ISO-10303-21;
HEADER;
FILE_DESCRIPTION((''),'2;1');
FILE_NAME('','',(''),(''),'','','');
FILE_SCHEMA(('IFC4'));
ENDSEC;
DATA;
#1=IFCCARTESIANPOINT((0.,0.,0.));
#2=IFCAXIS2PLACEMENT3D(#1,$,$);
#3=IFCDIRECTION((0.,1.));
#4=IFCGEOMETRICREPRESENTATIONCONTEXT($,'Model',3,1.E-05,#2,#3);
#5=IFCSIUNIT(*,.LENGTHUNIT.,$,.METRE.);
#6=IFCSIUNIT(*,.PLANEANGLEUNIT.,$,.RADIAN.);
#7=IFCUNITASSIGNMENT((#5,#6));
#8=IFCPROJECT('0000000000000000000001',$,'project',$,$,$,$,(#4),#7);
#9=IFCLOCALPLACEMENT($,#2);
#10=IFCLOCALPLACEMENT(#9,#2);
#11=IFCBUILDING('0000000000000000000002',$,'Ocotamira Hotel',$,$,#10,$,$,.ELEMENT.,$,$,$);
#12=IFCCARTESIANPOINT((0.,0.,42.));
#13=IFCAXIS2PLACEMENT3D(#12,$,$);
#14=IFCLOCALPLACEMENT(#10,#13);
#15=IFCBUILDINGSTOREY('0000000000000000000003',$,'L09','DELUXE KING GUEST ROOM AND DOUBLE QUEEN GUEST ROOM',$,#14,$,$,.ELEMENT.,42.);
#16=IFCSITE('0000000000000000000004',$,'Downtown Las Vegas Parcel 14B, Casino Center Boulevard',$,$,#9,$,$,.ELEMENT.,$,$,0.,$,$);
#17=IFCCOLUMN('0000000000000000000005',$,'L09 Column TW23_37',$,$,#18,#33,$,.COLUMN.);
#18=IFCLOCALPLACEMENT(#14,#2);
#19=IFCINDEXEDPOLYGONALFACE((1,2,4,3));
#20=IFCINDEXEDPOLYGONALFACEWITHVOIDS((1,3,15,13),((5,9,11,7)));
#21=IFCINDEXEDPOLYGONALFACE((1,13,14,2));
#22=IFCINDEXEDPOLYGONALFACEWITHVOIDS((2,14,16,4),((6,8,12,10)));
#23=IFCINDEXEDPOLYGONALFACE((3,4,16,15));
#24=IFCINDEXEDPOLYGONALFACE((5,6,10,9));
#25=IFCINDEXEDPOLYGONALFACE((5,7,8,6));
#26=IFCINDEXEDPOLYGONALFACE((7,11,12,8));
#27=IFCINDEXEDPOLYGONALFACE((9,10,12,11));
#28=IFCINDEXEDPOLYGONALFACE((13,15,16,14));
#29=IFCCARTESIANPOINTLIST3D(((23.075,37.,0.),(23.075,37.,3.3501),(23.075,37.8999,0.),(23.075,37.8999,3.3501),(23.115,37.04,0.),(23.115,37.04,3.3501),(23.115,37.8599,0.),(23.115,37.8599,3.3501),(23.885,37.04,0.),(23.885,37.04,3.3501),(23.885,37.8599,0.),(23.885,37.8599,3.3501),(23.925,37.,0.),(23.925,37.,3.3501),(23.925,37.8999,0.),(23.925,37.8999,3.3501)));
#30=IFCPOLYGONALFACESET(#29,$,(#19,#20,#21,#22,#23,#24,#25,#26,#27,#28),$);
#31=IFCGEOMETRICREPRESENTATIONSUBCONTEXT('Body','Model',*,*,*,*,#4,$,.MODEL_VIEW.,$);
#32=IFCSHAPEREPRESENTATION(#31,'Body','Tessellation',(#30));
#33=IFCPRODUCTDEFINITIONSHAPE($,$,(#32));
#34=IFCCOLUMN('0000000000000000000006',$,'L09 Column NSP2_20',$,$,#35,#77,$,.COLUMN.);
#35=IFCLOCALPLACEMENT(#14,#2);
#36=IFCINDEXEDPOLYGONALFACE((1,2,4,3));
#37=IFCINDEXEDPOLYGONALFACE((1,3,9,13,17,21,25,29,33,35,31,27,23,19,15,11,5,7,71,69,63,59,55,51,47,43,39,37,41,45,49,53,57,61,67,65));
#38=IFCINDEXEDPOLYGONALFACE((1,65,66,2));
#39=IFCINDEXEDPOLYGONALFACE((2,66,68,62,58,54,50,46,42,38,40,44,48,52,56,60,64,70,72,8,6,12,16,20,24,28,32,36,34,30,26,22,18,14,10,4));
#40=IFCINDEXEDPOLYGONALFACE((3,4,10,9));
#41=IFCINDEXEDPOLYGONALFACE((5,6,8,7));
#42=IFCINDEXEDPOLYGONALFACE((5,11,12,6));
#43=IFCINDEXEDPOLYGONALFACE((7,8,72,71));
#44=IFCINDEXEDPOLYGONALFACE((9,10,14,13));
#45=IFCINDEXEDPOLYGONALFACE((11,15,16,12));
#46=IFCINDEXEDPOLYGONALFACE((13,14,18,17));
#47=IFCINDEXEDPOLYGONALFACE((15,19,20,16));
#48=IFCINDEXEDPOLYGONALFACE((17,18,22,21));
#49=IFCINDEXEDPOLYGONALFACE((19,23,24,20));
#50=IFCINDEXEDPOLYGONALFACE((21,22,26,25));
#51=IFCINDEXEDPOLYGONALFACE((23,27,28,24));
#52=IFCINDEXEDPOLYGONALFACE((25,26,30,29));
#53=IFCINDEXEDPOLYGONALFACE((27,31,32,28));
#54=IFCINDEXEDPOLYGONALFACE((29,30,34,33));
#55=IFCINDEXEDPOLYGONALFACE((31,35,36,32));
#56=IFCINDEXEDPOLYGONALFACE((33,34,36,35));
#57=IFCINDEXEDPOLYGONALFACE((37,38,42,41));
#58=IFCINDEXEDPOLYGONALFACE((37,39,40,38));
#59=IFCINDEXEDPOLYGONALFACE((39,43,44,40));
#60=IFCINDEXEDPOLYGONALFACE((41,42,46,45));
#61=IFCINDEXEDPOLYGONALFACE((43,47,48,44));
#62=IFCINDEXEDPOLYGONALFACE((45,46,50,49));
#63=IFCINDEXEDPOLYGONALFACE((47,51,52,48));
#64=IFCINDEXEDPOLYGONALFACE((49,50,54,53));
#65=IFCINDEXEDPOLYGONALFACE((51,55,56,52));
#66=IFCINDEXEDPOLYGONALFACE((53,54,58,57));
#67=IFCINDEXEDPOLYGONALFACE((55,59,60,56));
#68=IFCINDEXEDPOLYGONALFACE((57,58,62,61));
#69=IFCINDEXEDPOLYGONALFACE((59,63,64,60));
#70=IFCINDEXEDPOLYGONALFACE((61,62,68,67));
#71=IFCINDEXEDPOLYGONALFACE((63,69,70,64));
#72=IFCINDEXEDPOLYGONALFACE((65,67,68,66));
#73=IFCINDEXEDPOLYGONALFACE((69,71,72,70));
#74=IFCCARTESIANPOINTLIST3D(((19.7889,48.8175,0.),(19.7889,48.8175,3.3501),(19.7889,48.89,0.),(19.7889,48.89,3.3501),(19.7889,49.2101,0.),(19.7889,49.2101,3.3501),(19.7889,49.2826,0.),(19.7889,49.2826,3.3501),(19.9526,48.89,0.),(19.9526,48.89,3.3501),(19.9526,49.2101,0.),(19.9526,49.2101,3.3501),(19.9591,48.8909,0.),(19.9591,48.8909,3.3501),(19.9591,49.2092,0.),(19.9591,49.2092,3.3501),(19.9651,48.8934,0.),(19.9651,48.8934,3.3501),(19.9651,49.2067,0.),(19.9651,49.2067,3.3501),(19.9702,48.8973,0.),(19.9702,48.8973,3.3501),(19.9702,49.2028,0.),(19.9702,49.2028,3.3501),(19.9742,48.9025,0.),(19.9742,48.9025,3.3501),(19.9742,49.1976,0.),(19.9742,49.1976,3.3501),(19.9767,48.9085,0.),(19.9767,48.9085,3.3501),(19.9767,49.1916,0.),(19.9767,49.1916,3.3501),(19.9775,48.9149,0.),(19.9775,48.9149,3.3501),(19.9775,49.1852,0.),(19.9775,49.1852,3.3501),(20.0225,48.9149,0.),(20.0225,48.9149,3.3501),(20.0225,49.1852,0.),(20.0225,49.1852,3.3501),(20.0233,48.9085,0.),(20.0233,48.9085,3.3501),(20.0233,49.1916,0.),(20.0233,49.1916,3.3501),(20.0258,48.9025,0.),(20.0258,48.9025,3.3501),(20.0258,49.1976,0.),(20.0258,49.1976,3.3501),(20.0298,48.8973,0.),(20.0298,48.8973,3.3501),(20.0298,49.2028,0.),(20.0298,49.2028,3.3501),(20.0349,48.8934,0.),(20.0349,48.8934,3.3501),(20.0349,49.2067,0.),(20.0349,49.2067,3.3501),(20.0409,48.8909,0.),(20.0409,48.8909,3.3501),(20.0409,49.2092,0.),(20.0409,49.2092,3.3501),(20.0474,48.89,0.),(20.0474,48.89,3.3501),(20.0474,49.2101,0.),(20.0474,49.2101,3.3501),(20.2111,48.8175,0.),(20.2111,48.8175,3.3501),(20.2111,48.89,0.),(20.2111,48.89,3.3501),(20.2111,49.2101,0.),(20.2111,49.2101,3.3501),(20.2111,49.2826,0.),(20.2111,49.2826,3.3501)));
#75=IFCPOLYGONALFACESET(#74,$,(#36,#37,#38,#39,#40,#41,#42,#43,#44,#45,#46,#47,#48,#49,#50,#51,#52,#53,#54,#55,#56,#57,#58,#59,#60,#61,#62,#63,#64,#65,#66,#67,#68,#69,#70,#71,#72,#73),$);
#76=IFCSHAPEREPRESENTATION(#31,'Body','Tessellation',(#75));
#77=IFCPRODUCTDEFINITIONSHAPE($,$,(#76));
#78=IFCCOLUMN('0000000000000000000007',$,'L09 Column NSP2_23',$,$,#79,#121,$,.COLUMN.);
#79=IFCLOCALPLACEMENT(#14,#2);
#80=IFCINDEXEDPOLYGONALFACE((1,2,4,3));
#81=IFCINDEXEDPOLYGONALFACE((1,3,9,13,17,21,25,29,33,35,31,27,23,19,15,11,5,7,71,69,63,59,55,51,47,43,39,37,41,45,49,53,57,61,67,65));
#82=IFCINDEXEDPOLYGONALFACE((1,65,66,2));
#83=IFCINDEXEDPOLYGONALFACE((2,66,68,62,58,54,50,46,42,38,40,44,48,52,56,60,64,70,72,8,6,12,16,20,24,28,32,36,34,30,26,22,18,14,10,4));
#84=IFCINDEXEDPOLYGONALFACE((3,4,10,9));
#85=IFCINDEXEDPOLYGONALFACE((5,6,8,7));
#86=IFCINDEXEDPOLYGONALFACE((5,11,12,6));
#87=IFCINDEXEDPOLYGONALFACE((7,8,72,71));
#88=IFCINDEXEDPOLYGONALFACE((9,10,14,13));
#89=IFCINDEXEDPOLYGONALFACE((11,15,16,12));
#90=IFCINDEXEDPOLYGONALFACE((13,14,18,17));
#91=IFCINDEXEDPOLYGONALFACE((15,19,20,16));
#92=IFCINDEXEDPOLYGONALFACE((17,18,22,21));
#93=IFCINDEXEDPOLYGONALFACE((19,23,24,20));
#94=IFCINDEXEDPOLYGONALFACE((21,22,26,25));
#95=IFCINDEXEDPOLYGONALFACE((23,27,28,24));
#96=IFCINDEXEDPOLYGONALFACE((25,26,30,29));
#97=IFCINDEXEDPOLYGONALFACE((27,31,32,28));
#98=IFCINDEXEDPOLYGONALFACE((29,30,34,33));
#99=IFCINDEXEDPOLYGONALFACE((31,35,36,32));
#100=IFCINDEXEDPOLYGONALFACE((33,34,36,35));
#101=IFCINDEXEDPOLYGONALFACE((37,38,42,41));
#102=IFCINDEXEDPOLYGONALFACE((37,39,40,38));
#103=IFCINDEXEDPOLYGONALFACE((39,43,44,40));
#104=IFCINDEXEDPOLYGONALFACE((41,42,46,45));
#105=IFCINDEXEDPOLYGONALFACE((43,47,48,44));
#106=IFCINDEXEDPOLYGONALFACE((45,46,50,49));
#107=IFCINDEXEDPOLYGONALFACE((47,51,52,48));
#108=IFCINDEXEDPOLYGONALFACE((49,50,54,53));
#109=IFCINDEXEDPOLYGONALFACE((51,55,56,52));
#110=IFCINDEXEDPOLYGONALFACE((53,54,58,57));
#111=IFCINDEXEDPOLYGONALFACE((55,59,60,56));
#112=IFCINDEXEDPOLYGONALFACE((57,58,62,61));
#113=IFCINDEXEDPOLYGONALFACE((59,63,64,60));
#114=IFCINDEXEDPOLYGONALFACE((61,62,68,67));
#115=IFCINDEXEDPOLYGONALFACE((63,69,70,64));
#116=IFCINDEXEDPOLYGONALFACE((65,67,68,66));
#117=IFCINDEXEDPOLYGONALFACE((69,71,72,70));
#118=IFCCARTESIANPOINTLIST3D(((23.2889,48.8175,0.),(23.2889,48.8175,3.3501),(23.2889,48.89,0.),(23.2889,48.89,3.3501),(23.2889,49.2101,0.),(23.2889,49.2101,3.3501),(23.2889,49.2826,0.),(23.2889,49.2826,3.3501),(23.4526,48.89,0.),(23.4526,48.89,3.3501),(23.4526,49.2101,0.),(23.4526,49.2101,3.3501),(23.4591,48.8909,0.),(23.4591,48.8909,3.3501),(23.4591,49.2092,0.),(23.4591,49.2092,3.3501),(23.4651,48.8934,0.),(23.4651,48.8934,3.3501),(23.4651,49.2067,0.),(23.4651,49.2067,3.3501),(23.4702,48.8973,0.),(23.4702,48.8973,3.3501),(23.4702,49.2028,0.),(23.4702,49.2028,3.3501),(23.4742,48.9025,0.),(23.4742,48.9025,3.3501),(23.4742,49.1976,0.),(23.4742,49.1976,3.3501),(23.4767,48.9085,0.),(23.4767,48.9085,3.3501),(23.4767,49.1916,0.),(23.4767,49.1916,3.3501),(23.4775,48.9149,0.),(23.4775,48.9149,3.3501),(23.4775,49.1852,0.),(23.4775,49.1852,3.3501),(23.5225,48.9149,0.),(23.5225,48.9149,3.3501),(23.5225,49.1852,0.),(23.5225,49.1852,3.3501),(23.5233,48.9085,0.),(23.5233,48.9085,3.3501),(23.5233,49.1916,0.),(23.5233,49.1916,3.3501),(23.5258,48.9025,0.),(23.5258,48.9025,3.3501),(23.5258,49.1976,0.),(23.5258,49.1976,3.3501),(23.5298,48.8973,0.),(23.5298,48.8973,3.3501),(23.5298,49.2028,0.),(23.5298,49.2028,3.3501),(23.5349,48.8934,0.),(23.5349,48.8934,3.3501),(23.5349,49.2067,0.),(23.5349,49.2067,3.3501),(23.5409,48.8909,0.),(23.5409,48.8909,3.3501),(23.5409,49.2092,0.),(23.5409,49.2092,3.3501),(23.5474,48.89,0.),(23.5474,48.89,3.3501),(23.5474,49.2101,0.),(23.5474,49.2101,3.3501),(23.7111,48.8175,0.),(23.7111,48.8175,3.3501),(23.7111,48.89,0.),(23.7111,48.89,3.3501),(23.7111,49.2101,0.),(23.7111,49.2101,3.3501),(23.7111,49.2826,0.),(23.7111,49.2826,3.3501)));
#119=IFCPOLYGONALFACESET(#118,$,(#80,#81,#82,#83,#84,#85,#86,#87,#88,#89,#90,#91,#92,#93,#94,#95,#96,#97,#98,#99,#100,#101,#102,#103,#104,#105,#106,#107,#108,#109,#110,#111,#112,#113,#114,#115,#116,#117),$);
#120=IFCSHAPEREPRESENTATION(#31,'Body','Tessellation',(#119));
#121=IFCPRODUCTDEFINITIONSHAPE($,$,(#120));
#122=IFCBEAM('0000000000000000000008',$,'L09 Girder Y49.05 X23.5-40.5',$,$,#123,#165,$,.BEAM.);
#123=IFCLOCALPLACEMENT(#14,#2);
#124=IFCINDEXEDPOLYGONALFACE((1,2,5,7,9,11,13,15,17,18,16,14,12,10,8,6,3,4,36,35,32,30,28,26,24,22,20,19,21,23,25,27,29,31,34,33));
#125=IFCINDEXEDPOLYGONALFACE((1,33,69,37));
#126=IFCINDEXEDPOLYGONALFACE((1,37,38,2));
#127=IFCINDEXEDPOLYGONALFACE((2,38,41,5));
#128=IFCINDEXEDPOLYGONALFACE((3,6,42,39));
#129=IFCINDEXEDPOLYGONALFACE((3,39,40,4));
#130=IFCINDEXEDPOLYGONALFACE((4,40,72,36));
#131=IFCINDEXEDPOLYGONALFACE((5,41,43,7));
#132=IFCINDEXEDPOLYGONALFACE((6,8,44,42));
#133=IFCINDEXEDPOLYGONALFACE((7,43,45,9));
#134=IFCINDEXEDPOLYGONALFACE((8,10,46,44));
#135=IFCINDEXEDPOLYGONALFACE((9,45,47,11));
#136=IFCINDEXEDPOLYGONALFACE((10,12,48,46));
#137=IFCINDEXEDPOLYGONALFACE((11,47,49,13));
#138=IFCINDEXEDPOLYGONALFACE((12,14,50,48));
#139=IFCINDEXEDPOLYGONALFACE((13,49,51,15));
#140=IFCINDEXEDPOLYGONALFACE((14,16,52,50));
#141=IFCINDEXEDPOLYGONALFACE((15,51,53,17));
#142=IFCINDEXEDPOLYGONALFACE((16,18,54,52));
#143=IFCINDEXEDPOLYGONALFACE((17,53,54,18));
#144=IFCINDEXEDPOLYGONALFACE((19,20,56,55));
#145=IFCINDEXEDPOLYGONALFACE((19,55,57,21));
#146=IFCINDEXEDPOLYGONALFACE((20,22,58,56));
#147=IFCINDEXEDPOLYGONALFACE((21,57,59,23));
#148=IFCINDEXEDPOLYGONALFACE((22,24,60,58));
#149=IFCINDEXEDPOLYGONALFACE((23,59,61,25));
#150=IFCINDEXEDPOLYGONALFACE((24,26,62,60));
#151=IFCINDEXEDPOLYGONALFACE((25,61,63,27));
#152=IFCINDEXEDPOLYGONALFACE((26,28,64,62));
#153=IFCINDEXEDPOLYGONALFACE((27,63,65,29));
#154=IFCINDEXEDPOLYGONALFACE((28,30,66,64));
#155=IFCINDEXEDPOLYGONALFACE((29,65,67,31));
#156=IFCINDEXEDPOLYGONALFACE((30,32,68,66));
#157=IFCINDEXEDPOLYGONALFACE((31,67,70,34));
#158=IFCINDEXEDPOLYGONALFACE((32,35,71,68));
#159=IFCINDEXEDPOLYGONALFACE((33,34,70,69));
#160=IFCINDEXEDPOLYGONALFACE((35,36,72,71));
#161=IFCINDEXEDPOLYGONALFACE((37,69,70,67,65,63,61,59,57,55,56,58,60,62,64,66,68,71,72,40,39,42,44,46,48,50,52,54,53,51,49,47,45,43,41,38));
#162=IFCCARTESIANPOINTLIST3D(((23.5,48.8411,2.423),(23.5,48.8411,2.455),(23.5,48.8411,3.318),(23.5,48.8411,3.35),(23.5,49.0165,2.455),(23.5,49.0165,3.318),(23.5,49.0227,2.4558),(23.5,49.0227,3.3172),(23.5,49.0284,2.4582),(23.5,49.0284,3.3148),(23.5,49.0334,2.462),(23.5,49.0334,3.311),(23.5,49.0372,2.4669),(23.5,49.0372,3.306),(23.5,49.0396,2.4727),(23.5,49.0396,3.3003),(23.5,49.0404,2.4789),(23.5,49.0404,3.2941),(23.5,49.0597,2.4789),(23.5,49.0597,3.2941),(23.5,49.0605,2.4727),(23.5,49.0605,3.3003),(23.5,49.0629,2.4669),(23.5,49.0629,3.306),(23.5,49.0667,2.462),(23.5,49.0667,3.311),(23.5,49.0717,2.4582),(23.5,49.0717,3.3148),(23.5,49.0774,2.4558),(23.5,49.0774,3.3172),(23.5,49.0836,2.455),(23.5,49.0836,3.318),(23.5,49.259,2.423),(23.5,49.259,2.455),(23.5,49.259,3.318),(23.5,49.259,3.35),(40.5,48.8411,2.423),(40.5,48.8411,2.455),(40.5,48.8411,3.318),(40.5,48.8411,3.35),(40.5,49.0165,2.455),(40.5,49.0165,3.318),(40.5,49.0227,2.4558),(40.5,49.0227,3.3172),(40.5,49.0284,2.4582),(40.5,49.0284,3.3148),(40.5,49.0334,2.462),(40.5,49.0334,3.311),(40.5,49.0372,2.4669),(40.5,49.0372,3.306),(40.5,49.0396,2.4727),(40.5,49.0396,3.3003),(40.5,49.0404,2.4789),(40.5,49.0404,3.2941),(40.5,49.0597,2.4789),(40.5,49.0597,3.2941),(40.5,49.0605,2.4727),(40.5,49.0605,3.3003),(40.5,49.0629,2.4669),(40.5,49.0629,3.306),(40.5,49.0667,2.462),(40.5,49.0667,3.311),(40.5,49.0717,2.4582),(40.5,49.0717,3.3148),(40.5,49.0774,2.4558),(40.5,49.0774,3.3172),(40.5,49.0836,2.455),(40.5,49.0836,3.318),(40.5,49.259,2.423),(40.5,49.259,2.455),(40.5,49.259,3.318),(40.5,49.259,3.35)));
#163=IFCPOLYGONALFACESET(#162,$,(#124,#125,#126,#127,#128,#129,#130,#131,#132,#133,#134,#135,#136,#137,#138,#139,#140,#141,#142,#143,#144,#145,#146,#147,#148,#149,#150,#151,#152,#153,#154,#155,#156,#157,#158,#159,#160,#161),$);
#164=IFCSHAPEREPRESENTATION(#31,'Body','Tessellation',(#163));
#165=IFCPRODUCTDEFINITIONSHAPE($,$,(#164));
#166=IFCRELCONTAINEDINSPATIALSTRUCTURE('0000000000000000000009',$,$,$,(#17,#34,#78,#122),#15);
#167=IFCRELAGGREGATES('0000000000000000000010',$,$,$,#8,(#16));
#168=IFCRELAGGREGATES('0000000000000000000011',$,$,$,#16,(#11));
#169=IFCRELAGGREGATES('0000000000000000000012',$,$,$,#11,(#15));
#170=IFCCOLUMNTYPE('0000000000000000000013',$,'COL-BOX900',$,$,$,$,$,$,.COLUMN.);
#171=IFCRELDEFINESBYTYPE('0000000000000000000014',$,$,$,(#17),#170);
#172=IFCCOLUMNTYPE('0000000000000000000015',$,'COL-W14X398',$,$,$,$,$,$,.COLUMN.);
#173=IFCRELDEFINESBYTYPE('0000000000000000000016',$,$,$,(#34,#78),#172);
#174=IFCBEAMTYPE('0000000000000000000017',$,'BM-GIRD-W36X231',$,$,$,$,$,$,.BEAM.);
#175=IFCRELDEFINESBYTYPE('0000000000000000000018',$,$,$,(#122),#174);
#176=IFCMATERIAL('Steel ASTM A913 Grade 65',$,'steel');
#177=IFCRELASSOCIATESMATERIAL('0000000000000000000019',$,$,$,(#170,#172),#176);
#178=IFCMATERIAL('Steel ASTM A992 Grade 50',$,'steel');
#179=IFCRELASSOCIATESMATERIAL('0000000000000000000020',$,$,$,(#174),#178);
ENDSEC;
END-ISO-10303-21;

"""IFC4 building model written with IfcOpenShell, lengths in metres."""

from ifc_helpers import new_model, si_unit, direction, frame, origin, origin_2d, place, context, subcontext, project, spatial, hollow_rectangle, i_section, extrude, source, transform, mapped, material, material_profile, profile_set, type_object, element, save


model = new_model("IFC4")

# Units and contexts
model_context = context("Model", 3, precision=1e-05, world=origin(), true_north=direction((0.0, 1.0)))
body_context = subcontext(model_context, "Body", "Model", "MODEL_VIEW")
ifc_project = project(units=[si_unit("LENGTHUNIT", "METRE"), si_unit("PLANEANGLEUNIT", "RADIAN")], contexts=[model_context])

# Site, building, storey
site_placement = place(None, origin())
site = spatial("IfcSite", under=ifc_project, at=site_placement, Name="Downtown Las Vegas Parcel 14B, Casino Center Boulevard", CompositionType="ELEMENT", RefElevation=0.0)
building_placement = place(site_placement, origin())
building = spatial("IfcBuilding", under=site, at=building_placement, Name="Ocotamira Hotel", CompositionType="ELEMENT")
storey_placement = place(building_placement, frame((0.0, 0.0, 42.0)))
storey = spatial("IfcBuildingStorey", under=building, at=storey_placement, Name="L09", Description="DELUXE KING GUEST ROOM AND DOUBLE QUEEN GUEST ROOM", CompositionType="ELEMENT", Elevation=42.0)

# Columns
ifc_material_1 = material(Name="Steel ASTM A913 Grade 65", Category="steel")
ifc_material_profile_1 = material_profile(ifc_material_1, hollow_rectangle(XDim=0.8501, YDim=0.8999, WallThickness=0.04, at=origin_2d()), Name="BOX900X850X40")
ifc_profile_set_1 = profile_set([ifc_material_profile_1], Name="Steel ASTM A913 Grade 65")
column_type_1 = type_object("IfcColumnType", Name="COL-BOX900", PredefinedType="COLUMN", material=ifc_profile_set_1)
shared_shape_1 = source(origin(), body_context, "Body", "SweptSolid", [
    extrude(hollow_rectangle(XDim=0.8501, YDim=0.8999, WallThickness=0.04, at=origin_2d()), origin(), (0.0, 0.0, 1.0), 3.3501),
])
column_placement = place(storey_placement, frame((23.5, 37.45, 0.0), z_axis=(0.0, 0.0, 1.0), x_axis=(1.0, 0.0, 0.0)))
element("IfcColumn", 1, at=column_placement, inside=storey, type_object=column_type_1, Name="L09 Column TW23_37", PredefinedType="COLUMN", context=body_context, shape_type="MappedRepresentation", body=[
    mapped(shared_shape_1, transform((0.0, 0.0, 0.0), scale=1.0)),
])
ifc_material_profile_2 = material_profile(ifc_material_1, i_section(OverallWidth=0.4221, OverallDepth=0.4651, WebThickness=0.0449, FlangeThickness=0.0725, FilletRadius=0.0249, at=origin_2d()), Name="W14X398")
ifc_profile_set_2 = profile_set([ifc_material_profile_2], Name="Steel ASTM A913 Grade 65")
column_type_2 = type_object("IfcColumnType", Name="COL-W14X398", PredefinedType="COLUMN", material=ifc_profile_set_2)
shared_shape_2 = source(origin(), body_context, "Body", "SweptSolid", [
    extrude(i_section(OverallWidth=0.4221, OverallDepth=0.4651, WebThickness=0.0449, FlangeThickness=0.0725, FilletRadius=0.0249, at=origin_2d()), origin(), (0.0, 0.0, 1.0), 3.3501),
])
for number, where, z_axis, x_axis, name in (
    (2, (20.0, 49.05, 0.0), (0.0, 0.0, 1.0), (1.0, 0.0, 0.0), "L09 Column NSP2_20"),
    (3, (23.5, 49.05, 0.0), (0.0, 0.0, 1.0), (1.0, 0.0, 0.0), "L09 Column NSP2_23"),
):
    element("IfcColumn", number, at=place(storey_placement, frame(where, z_axis=z_axis, x_axis=x_axis)), inside=storey, type_object=column_type_2, Name=name, PredefinedType="COLUMN", context=body_context, shape_type="MappedRepresentation", body=[
        mapped(shared_shape_2, transform((0.0, 0.0, 0.0), scale=1.0)),
    ])

# Beam
ifc_material_2 = material(Name="Steel ASTM A992 Grade 50", Category="steel")
ifc_material_profile_3 = material_profile(ifc_material_2, i_section(OverallWidth=0.418, OverallDepth=0.927, WebThickness=0.0193, FlangeThickness=0.032, FilletRadius=0.0239, at=origin_2d()), Name="W36X231")
ifc_profile_set_3 = profile_set([ifc_material_profile_3], Name="Steel ASTM A992 Grade 50")
beam_type_1 = type_object("IfcBeamType", Name="BM-GIRD-W36X231", PredefinedType="BEAM", material=ifc_profile_set_3)
shared_shape_3 = source(origin(), body_context, "Body", "SweptSolid", [
    extrude(i_section(OverallWidth=0.418, OverallDepth=0.927, WebThickness=0.0193, FlangeThickness=0.032, FilletRadius=0.0239, at=origin_2d()), origin(), (0.0, 0.0, 1.0), 17.0),
])
beam_1_placement = place(storey_placement, frame((23.5, 49.05, 2.8865), z_axis=(1.0, 0.0, 0.0), x_axis=(0.0, 1.0, 0.0)))
element("IfcBeam", 4, at=beam_1_placement, inside=storey, type_object=beam_type_1, Name="L09 Girder Y49.05 X23.5-40.5", PredefinedType="BEAM", context=body_context, shape_type="MappedRepresentation", body=[
    mapped(shared_shape_3, transform((0.0, 0.0, 0.0), scale=1.0)),
])

save(model, "model.ifc")
